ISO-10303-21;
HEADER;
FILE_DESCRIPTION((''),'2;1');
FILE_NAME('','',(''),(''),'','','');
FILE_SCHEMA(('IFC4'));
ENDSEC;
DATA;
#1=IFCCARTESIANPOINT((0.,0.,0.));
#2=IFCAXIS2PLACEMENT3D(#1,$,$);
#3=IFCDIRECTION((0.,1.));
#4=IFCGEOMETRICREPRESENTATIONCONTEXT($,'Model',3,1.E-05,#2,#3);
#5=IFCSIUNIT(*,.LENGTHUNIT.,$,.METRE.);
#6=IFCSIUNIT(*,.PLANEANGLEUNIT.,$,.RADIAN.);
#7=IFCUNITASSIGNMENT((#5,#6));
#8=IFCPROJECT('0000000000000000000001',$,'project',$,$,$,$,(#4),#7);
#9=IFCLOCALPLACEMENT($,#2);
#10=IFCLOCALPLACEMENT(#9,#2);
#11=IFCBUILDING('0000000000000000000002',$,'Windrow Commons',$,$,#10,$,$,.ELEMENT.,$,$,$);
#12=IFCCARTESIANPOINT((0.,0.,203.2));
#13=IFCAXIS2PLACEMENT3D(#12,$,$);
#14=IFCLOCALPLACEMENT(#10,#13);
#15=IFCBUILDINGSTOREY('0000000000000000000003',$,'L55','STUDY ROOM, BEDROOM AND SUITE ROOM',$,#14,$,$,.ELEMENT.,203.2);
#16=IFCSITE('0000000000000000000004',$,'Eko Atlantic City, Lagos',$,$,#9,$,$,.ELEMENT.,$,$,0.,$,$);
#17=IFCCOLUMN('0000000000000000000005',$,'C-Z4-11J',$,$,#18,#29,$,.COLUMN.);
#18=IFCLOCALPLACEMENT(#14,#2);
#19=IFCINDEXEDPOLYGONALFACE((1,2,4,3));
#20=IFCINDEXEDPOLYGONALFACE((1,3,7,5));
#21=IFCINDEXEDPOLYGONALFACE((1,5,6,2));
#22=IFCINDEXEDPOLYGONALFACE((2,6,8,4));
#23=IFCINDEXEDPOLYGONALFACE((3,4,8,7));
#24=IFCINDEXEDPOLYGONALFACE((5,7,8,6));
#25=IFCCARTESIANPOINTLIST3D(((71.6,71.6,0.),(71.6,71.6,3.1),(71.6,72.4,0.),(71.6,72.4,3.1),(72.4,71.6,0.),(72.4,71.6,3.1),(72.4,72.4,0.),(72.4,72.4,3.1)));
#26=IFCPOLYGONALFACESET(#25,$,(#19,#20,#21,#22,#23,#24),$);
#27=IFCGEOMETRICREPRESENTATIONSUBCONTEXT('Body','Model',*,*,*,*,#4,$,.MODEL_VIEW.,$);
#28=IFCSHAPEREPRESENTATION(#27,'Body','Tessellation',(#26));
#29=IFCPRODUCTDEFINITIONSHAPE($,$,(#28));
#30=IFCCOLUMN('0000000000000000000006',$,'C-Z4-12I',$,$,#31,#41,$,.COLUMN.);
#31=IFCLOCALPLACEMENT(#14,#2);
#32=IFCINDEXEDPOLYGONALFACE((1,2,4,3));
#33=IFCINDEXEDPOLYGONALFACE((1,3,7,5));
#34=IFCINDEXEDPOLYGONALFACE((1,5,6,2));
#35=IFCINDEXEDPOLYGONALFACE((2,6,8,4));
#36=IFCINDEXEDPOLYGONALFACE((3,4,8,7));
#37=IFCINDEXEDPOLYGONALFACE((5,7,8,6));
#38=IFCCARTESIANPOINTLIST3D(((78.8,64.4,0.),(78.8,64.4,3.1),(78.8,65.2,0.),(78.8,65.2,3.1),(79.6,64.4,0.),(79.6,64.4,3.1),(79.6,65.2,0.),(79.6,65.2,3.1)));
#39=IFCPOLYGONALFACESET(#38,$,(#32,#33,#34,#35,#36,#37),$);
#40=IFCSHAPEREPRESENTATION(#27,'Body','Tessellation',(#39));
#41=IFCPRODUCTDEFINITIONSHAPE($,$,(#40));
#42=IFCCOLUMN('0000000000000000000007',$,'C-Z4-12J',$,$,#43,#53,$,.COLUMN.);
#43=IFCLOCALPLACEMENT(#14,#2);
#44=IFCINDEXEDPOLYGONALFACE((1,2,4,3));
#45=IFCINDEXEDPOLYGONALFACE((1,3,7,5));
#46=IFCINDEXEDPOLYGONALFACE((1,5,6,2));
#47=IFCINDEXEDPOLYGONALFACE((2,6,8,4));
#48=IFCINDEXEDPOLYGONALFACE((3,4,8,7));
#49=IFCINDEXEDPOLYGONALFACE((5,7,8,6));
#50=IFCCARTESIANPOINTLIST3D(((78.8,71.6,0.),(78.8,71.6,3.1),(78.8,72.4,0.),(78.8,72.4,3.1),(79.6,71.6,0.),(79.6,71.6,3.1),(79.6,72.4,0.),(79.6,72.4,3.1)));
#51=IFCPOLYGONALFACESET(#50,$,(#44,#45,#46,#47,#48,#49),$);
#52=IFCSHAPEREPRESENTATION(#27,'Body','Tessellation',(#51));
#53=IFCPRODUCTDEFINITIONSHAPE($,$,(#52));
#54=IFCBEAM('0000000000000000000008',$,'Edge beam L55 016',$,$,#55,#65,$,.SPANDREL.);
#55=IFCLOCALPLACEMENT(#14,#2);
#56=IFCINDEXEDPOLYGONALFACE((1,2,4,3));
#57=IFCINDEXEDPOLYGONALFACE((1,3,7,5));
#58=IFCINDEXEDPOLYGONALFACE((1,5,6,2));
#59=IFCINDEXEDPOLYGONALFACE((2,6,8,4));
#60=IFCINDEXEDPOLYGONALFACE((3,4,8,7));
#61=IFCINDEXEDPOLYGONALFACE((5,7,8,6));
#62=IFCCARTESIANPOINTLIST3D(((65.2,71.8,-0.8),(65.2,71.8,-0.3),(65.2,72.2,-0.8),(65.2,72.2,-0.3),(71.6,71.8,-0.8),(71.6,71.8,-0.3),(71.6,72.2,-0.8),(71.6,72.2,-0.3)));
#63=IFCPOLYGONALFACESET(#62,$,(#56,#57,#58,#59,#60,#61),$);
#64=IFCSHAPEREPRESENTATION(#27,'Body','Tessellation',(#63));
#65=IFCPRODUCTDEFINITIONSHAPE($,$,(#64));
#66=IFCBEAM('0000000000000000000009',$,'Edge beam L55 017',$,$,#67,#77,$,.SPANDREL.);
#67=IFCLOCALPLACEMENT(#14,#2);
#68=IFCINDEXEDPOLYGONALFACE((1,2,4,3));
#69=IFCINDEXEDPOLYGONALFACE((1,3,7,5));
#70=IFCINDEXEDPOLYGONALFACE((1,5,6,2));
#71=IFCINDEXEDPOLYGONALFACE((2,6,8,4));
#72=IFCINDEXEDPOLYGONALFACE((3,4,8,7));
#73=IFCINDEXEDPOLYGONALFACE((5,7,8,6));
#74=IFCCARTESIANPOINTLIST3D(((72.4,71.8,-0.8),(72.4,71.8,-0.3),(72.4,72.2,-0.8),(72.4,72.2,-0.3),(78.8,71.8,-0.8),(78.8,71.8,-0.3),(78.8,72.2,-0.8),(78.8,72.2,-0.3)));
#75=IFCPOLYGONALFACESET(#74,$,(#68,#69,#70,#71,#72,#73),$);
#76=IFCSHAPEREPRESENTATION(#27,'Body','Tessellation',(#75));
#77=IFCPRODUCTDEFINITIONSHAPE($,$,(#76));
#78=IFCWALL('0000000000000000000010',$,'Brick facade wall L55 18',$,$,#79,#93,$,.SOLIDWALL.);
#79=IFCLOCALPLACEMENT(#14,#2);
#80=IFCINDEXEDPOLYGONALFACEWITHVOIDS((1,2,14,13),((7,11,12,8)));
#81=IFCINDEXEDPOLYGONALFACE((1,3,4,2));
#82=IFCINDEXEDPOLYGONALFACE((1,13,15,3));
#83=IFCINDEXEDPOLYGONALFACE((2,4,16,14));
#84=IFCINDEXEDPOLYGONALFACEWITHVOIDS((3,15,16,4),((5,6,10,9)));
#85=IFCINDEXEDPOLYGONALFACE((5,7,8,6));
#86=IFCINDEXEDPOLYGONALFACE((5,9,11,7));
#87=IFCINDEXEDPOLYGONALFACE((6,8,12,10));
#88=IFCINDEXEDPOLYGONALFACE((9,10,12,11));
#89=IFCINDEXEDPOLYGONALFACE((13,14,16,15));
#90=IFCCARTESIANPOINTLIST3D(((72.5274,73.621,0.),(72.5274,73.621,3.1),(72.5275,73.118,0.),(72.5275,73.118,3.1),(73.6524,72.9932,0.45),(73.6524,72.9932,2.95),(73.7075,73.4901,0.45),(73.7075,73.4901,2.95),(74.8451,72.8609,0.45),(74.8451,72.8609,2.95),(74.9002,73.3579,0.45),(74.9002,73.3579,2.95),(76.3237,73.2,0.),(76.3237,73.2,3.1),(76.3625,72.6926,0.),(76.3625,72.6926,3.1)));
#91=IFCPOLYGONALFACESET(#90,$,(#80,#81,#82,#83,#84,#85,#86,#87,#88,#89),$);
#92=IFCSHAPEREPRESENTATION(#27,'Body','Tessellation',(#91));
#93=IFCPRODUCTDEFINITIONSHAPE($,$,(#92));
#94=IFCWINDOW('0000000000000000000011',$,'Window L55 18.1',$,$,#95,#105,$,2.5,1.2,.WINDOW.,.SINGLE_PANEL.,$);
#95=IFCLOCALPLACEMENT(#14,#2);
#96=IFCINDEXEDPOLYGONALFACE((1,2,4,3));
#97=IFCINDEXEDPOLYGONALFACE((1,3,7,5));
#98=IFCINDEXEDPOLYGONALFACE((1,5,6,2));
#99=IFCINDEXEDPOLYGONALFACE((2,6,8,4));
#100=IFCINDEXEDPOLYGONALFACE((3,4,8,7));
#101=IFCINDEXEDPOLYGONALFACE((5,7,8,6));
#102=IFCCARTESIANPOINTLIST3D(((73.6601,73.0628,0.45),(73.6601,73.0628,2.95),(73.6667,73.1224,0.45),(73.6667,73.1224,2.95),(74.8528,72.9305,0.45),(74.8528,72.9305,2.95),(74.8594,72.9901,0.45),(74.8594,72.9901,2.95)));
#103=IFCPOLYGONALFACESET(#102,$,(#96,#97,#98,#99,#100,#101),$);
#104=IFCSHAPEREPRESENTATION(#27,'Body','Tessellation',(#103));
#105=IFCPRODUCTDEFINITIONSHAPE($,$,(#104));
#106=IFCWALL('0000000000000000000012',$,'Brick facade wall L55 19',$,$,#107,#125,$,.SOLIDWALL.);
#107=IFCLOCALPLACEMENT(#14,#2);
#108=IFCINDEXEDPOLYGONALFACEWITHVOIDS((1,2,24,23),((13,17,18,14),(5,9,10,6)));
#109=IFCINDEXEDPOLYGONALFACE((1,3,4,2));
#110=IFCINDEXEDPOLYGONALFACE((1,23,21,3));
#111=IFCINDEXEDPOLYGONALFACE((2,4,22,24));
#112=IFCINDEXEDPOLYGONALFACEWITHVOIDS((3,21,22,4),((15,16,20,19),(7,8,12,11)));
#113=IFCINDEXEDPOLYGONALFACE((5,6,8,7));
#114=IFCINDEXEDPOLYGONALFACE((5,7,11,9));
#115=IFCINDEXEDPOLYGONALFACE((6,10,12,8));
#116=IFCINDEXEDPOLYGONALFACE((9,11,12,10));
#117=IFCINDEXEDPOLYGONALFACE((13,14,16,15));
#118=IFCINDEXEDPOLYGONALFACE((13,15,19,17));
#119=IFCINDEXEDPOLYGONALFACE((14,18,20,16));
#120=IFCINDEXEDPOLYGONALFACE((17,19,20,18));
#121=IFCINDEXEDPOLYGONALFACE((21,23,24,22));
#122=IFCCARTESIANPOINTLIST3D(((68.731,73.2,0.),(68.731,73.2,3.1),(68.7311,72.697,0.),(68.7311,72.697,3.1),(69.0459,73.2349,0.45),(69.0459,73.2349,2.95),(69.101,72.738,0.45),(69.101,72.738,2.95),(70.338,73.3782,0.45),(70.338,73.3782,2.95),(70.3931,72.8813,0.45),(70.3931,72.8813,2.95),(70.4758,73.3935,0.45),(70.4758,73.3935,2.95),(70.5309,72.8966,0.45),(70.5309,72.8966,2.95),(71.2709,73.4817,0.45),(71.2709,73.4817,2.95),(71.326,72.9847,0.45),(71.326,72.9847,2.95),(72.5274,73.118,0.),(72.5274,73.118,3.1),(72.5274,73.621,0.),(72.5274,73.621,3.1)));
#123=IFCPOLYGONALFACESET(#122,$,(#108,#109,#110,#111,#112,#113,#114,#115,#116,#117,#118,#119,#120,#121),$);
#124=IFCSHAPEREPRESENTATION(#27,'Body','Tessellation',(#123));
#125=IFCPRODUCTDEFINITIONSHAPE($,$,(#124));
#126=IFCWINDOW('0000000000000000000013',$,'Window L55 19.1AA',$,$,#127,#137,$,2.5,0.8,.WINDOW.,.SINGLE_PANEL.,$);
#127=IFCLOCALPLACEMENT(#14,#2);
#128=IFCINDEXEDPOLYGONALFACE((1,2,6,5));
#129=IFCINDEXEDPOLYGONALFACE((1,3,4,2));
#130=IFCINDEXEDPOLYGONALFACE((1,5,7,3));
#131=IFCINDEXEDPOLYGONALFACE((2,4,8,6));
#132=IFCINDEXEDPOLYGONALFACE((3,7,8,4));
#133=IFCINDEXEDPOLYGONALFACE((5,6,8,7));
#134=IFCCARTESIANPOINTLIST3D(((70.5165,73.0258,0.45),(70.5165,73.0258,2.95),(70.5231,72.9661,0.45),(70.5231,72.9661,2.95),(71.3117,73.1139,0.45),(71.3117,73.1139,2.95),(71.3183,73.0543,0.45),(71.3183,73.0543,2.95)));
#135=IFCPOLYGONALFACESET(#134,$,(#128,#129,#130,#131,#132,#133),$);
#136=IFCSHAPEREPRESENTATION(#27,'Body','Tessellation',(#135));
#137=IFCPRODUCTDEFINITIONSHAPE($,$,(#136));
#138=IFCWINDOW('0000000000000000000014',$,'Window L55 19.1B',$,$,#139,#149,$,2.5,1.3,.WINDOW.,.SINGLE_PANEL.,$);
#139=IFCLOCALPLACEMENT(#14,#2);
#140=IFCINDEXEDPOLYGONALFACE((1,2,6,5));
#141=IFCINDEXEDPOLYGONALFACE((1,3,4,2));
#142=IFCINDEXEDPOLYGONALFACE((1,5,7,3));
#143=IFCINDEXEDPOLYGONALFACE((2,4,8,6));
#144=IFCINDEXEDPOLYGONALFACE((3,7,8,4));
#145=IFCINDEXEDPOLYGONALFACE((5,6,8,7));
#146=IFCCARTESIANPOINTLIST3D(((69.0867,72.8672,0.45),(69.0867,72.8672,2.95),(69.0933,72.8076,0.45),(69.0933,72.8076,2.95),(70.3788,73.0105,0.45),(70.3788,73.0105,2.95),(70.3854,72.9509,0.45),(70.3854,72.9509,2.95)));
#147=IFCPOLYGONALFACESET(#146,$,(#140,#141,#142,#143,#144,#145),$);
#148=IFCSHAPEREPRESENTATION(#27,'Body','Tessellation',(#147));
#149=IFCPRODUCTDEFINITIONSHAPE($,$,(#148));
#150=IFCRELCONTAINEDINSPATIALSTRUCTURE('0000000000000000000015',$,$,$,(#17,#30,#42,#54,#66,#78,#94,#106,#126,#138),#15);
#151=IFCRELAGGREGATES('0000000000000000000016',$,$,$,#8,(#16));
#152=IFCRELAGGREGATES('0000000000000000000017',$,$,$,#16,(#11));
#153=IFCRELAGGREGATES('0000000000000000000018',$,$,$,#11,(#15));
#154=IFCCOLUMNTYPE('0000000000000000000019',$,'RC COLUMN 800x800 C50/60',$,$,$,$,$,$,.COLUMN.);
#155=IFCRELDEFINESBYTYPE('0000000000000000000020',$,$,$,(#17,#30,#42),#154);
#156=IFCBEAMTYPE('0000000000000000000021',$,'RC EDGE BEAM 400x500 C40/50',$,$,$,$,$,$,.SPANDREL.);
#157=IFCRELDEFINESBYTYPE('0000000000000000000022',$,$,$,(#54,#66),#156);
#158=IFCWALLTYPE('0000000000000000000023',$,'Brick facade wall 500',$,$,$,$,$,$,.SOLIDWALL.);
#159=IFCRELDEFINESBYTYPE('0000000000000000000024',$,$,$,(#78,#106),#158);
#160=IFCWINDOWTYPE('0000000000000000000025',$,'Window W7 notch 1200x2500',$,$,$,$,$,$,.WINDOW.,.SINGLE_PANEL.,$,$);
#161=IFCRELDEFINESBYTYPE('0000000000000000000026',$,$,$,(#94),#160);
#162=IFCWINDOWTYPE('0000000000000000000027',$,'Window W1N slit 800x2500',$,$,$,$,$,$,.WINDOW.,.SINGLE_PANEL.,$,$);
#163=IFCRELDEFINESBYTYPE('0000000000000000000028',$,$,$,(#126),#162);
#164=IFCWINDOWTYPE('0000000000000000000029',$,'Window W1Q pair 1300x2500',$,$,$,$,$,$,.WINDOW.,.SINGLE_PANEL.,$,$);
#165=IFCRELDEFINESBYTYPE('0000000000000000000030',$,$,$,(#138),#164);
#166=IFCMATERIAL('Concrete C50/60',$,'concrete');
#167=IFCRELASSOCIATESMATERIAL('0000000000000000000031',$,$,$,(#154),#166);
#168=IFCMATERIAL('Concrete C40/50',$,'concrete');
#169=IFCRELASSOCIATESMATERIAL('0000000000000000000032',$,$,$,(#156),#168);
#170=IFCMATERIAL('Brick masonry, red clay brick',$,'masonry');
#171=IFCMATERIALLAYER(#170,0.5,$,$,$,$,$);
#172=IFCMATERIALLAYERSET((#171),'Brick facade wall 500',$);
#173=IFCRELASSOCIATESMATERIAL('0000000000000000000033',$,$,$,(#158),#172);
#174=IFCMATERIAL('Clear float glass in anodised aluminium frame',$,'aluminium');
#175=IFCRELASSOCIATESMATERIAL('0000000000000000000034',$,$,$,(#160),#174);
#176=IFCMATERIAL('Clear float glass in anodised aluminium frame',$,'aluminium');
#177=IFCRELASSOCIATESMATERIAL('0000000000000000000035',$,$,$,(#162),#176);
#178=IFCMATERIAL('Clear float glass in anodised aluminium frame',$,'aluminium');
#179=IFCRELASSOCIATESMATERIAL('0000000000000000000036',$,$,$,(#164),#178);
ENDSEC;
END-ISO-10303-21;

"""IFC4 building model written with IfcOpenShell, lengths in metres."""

from ifc_helpers import new_model, si_unit, direction, frame, frame_2d, origin, origin_2d, place, context, subcontext, project, spatial, polyline, rectangle, outline, extrude, material, layer, layer_set, material_profile, profile_set, type_object, element, fill, save


model = new_model("IFC4")

# Units and contexts
model_context = context("Model", 3, precision=1e-05, world=origin(), true_north=direction((0.0, 1.0)))
body_context = subcontext(model_context, "Body", "Model", "MODEL_VIEW")
ifc_project = project(units=[si_unit("LENGTHUNIT", "METRE"), si_unit("PLANEANGLEUNIT", "RADIAN")], contexts=[model_context])

# Site, building, storey
site_placement = place(None, origin())
site = spatial("IfcSite", under=ifc_project, at=site_placement, Name="Eko Atlantic City, Lagos", CompositionType="ELEMENT", RefElevation=0.0)
building_placement = place(site_placement, origin())
building = spatial("IfcBuilding", under=site, at=building_placement, Name="Windrow Commons", CompositionType="ELEMENT")
storey_placement = place(building_placement, frame((0.0, 0.0, 203.2)))
storey = spatial("IfcBuildingStorey", under=building, at=storey_placement, Name="L55", Description="STUDY ROOM, BEDROOM AND SUITE ROOM", CompositionType="ELEMENT", Elevation=203.2)

# Columns
ifc_material_1 = material(Name="Concrete C50/60", Category="concrete")
ifc_material_profile_1 = material_profile(ifc_material_1, rectangle(XDim=0.8, YDim=0.8, at=origin_2d()))
ifc_profile_set_1 = profile_set([ifc_material_profile_1], Name="Concrete C50/60")
column_type = type_object("IfcColumnType", Name="RC COLUMN 800x800 C50/60", PredefinedType="COLUMN", material=ifc_profile_set_1)
for number, where, z_axis, x_axis, name in (
    (1, (72.0, 72.0, 0.0), (0.0, 0.0, 1.0), (1.0, 0.0, 0.0), "C-Z4-11J"),
    (2, (79.2, 64.8, 0.0), (0.0, 0.0, 1.0), (1.0, 0.0, 0.0), "C-Z4-12I"),
    (3, (79.2, 72.0, 0.0), (0.0, 0.0, 1.0), (1.0, 0.0, 0.0), "C-Z4-12J"),
):
    element("IfcColumn", number, at=place(storey_placement, frame(where, z_axis=z_axis, x_axis=x_axis)), inside=storey, type_object=column_type, Name=name, PredefinedType="COLUMN", context=body_context, shape_type="SweptSolid", body=[
        extrude(rectangle(XDim=0.8, YDim=0.8, at=origin_2d()), origin(), (0.0, 0.0, 1.0), 3.1),
    ])

# Beams
ifc_material_2 = material(Name="Concrete C40/50", Category="concrete")
ifc_material_profile_2 = material_profile(ifc_material_2, rectangle(XDim=0.4, YDim=0.5, at=origin_2d()))
ifc_profile_set_2 = profile_set([ifc_material_profile_2], Name="Concrete C40/50")
beam_type = type_object("IfcBeamType", Name="RC EDGE BEAM 400x500 C40/50", PredefinedType="SPANDREL", material=ifc_profile_set_2)
for number, where, z_axis, x_axis, name in (
    (4, (65.2, 72.0, -0.55), (1.0, 0.0, 0.0), (0.0, 1.0, 0.0), "Edge beam L55 016"),
    (5, (72.4, 72.0, -0.55), (1.0, 0.0, 0.0), (0.0, 1.0, 0.0), "Edge beam L55 017"),
):
    element("IfcBeam", number, at=place(storey_placement, frame(where, z_axis=z_axis, x_axis=x_axis)), inside=storey, type_object=beam_type, Name=name, PredefinedType="SPANDREL", context=body_context, shape_type="SweptSolid", body=[
        extrude(rectangle(XDim=0.4, YDim=0.5, at=origin_2d()), origin(), (0.0, 0.0, 1.0), 6.4),
    ])

# Wall, opening, window
ifc_material_3 = material(Name="Brick masonry, red clay brick", Category="masonry")
ifc_layer_1 = layer(ifc_material_3, 0.5)
ifc_layer_set_1 = layer_set([ifc_layer_1], Name="Brick facade wall 500")
wall_type_1 = type_object("IfcWallType", Name="Brick facade wall 500", PredefinedType="SOLIDWALL", material=ifc_layer_set_1)
wall_1_placement = place(storey_placement, frame((76.3431, 72.9463, 0.0), z_axis=(0.0, 0.0, 1.0), x_axis=(-0.993906, 0.110234, 0.0)))
wall_1 = element("IfcWall", 6, at=wall_1_placement, inside=storey, type_object=wall_type_1, Name="Brick facade wall L55 18", PredefinedType="SOLIDWALL", context=body_context, shape_type="SweptSolid", body=[
    extrude(outline(polyline([(0.0472, -0.25), (3.8668, -0.25), (3.8113, 0.25), (-0.0472, 0.25), (0.0472, -0.25)])), origin(), (0.0, 0.0, 1.0), 3.1),
])
opening_1_placement = place(wall_1_placement, frame((1.4795, 0.0, 0.45)))
opening_1 = element("IfcOpeningElement", 7, at=opening_1_placement, cuts=wall_1, PredefinedType="OPENING", context=body_context, shape_type="SweptSolid", body=[
    extrude(rectangle(XDim=1.2, YDim=2.5, at=frame_2d((0.6, 1.25))), frame((0.0, 0.26, 0.0), z_axis=(0.0, -1.0, 0.0), x_axis=(1.0, 0.0, 0.0)), (0.0, 0.0, 1.0), 0.52),
])
ifc_material_4 = material(Name="Clear float glass in anodised aluminium frame", Category="aluminium")
window_type_1 = type_object("IfcWindowType", Name="Window W7 notch 1200x2500", PartitioningType="SINGLE_PANEL", PredefinedType="WINDOW", material=ifc_material_4)
window_1_placement = place(opening_1_placement, origin())
window_1 = element("IfcWindow", 8, at=window_1_placement, inside=storey, type_object=window_type_1, Name="Window L55 18.1", OverallHeight=2.5, OverallWidth=1.2, PartitioningType="SINGLE_PANEL", PredefinedType="WINDOW", context=body_context, shape_type="SweptSolid", body=[
    extrude(rectangle(XDim=1.2, YDim=2.5, at=frame_2d((0.6, 1.25))), frame((0.0, 0.18, 0.0), z_axis=(0.0, -1.0, 0.0), x_axis=(1.0, 0.0, 0.0)), (0.0, 0.0, 1.0), 0.06),
])
fill(opening_1, window_1)

# Wall, openings, windows
wall_2_placement = place(storey_placement, frame((72.5274, 73.3695, 0.0), z_axis=(0.0, 0.0, 1.0), x_axis=(-0.993907, -0.110222, 0.0)))
wall_2 = element("IfcWall", 9, at=wall_2_placement, inside=storey, type_object=wall_type_1, Name="Brick facade wall L55 19", PredefinedType="SOLIDWALL", context=body_context, shape_type="SweptSolid", body=[
    extrude(outline(polyline([(-0.0277, -0.25), (3.7919, -0.25), (3.8473, 0.25), (0.0277, 0.25), (-0.0277, -0.25)])), origin(), (0.0, 0.0, 1.0), 3.1),
])
opening_2_placement = place(wall_2_placement, frame((2.1751, 0.0, 0.45)))
opening_2 = element("IfcOpeningElement", 10, at=opening_2_placement, cuts=wall_2, PredefinedType="OPENING", context=body_context, shape_type="SweptSolid", body=[
    extrude(rectangle(XDim=1.3, YDim=2.5, at=frame_2d((0.65, 1.25))), frame((0.0, 0.26, 0.0), z_axis=(0.0, -1.0, 0.0), x_axis=(1.0, 0.0, 0.0)), (0.0, 0.0, 1.0), 0.52),
])
opening_3_placement = place(wall_2_placement, frame((1.2365, 0.0, 0.45)))
opening_3 = element("IfcOpeningElement", 11, at=opening_3_placement, cuts=wall_2, PredefinedType="OPENING", context=body_context, shape_type="SweptSolid", body=[
    extrude(rectangle(XDim=0.8, YDim=2.5, at=frame_2d((0.4, 1.25))), frame((0.0, 0.26, 0.0), z_axis=(0.0, -1.0, 0.0), x_axis=(1.0, 0.0, 0.0)), (0.0, 0.0, 1.0), 0.52),
])
ifc_material_5 = material(Name="Clear float glass in anodised aluminium frame", Category="aluminium")
window_type_2 = type_object("IfcWindowType", Name="Window W1N slit 800x2500", PartitioningType="SINGLE_PANEL", PredefinedType="WINDOW", material=ifc_material_5)
window_2_placement = place(opening_3_placement, origin())
window_2 = element("IfcWindow", 12, at=window_2_placement, inside=storey, type_object=window_type_2, Name="Window L55 19.1AA", OverallHeight=2.5, OverallWidth=0.8, PartitioningType="SINGLE_PANEL", PredefinedType="WINDOW", context=body_context, shape_type="SweptSolid", body=[
    extrude(rectangle(XDim=0.8, YDim=2.5, at=frame_2d((0.4, 1.25))), frame((0.0, 0.18, 0.0), z_axis=(0.0, -1.0, 0.0), x_axis=(1.0, 0.0, 0.0)), (0.0, 0.0, 1.0), 0.06),
])
fill(opening_3, window_2)
ifc_material_6 = material(Name="Clear float glass in anodised aluminium frame", Category="aluminium")
window_type_3 = type_object("IfcWindowType", Name="Window W1Q pair 1300x2500", PartitioningType="SINGLE_PANEL", PredefinedType="WINDOW", material=ifc_material_6)
window_3_placement = place(opening_2_placement, origin())
window_3 = element("IfcWindow", 13, at=window_3_placement, inside=storey, type_object=window_type_3, Name="Window L55 19.1B", OverallHeight=2.5, OverallWidth=1.3, PartitioningType="SINGLE_PANEL", PredefinedType="WINDOW", context=body_context, shape_type="SweptSolid", body=[
    extrude(rectangle(XDim=1.3, YDim=2.5, at=frame_2d((0.65, 1.25))), frame((0.0, 0.18, 0.0), z_axis=(0.0, -1.0, 0.0), x_axis=(1.0, 0.0, 0.0)), (0.0, 0.0, 1.0), 0.06),
])
fill(opening_2, window_3)

save(model, "model.ifc")
